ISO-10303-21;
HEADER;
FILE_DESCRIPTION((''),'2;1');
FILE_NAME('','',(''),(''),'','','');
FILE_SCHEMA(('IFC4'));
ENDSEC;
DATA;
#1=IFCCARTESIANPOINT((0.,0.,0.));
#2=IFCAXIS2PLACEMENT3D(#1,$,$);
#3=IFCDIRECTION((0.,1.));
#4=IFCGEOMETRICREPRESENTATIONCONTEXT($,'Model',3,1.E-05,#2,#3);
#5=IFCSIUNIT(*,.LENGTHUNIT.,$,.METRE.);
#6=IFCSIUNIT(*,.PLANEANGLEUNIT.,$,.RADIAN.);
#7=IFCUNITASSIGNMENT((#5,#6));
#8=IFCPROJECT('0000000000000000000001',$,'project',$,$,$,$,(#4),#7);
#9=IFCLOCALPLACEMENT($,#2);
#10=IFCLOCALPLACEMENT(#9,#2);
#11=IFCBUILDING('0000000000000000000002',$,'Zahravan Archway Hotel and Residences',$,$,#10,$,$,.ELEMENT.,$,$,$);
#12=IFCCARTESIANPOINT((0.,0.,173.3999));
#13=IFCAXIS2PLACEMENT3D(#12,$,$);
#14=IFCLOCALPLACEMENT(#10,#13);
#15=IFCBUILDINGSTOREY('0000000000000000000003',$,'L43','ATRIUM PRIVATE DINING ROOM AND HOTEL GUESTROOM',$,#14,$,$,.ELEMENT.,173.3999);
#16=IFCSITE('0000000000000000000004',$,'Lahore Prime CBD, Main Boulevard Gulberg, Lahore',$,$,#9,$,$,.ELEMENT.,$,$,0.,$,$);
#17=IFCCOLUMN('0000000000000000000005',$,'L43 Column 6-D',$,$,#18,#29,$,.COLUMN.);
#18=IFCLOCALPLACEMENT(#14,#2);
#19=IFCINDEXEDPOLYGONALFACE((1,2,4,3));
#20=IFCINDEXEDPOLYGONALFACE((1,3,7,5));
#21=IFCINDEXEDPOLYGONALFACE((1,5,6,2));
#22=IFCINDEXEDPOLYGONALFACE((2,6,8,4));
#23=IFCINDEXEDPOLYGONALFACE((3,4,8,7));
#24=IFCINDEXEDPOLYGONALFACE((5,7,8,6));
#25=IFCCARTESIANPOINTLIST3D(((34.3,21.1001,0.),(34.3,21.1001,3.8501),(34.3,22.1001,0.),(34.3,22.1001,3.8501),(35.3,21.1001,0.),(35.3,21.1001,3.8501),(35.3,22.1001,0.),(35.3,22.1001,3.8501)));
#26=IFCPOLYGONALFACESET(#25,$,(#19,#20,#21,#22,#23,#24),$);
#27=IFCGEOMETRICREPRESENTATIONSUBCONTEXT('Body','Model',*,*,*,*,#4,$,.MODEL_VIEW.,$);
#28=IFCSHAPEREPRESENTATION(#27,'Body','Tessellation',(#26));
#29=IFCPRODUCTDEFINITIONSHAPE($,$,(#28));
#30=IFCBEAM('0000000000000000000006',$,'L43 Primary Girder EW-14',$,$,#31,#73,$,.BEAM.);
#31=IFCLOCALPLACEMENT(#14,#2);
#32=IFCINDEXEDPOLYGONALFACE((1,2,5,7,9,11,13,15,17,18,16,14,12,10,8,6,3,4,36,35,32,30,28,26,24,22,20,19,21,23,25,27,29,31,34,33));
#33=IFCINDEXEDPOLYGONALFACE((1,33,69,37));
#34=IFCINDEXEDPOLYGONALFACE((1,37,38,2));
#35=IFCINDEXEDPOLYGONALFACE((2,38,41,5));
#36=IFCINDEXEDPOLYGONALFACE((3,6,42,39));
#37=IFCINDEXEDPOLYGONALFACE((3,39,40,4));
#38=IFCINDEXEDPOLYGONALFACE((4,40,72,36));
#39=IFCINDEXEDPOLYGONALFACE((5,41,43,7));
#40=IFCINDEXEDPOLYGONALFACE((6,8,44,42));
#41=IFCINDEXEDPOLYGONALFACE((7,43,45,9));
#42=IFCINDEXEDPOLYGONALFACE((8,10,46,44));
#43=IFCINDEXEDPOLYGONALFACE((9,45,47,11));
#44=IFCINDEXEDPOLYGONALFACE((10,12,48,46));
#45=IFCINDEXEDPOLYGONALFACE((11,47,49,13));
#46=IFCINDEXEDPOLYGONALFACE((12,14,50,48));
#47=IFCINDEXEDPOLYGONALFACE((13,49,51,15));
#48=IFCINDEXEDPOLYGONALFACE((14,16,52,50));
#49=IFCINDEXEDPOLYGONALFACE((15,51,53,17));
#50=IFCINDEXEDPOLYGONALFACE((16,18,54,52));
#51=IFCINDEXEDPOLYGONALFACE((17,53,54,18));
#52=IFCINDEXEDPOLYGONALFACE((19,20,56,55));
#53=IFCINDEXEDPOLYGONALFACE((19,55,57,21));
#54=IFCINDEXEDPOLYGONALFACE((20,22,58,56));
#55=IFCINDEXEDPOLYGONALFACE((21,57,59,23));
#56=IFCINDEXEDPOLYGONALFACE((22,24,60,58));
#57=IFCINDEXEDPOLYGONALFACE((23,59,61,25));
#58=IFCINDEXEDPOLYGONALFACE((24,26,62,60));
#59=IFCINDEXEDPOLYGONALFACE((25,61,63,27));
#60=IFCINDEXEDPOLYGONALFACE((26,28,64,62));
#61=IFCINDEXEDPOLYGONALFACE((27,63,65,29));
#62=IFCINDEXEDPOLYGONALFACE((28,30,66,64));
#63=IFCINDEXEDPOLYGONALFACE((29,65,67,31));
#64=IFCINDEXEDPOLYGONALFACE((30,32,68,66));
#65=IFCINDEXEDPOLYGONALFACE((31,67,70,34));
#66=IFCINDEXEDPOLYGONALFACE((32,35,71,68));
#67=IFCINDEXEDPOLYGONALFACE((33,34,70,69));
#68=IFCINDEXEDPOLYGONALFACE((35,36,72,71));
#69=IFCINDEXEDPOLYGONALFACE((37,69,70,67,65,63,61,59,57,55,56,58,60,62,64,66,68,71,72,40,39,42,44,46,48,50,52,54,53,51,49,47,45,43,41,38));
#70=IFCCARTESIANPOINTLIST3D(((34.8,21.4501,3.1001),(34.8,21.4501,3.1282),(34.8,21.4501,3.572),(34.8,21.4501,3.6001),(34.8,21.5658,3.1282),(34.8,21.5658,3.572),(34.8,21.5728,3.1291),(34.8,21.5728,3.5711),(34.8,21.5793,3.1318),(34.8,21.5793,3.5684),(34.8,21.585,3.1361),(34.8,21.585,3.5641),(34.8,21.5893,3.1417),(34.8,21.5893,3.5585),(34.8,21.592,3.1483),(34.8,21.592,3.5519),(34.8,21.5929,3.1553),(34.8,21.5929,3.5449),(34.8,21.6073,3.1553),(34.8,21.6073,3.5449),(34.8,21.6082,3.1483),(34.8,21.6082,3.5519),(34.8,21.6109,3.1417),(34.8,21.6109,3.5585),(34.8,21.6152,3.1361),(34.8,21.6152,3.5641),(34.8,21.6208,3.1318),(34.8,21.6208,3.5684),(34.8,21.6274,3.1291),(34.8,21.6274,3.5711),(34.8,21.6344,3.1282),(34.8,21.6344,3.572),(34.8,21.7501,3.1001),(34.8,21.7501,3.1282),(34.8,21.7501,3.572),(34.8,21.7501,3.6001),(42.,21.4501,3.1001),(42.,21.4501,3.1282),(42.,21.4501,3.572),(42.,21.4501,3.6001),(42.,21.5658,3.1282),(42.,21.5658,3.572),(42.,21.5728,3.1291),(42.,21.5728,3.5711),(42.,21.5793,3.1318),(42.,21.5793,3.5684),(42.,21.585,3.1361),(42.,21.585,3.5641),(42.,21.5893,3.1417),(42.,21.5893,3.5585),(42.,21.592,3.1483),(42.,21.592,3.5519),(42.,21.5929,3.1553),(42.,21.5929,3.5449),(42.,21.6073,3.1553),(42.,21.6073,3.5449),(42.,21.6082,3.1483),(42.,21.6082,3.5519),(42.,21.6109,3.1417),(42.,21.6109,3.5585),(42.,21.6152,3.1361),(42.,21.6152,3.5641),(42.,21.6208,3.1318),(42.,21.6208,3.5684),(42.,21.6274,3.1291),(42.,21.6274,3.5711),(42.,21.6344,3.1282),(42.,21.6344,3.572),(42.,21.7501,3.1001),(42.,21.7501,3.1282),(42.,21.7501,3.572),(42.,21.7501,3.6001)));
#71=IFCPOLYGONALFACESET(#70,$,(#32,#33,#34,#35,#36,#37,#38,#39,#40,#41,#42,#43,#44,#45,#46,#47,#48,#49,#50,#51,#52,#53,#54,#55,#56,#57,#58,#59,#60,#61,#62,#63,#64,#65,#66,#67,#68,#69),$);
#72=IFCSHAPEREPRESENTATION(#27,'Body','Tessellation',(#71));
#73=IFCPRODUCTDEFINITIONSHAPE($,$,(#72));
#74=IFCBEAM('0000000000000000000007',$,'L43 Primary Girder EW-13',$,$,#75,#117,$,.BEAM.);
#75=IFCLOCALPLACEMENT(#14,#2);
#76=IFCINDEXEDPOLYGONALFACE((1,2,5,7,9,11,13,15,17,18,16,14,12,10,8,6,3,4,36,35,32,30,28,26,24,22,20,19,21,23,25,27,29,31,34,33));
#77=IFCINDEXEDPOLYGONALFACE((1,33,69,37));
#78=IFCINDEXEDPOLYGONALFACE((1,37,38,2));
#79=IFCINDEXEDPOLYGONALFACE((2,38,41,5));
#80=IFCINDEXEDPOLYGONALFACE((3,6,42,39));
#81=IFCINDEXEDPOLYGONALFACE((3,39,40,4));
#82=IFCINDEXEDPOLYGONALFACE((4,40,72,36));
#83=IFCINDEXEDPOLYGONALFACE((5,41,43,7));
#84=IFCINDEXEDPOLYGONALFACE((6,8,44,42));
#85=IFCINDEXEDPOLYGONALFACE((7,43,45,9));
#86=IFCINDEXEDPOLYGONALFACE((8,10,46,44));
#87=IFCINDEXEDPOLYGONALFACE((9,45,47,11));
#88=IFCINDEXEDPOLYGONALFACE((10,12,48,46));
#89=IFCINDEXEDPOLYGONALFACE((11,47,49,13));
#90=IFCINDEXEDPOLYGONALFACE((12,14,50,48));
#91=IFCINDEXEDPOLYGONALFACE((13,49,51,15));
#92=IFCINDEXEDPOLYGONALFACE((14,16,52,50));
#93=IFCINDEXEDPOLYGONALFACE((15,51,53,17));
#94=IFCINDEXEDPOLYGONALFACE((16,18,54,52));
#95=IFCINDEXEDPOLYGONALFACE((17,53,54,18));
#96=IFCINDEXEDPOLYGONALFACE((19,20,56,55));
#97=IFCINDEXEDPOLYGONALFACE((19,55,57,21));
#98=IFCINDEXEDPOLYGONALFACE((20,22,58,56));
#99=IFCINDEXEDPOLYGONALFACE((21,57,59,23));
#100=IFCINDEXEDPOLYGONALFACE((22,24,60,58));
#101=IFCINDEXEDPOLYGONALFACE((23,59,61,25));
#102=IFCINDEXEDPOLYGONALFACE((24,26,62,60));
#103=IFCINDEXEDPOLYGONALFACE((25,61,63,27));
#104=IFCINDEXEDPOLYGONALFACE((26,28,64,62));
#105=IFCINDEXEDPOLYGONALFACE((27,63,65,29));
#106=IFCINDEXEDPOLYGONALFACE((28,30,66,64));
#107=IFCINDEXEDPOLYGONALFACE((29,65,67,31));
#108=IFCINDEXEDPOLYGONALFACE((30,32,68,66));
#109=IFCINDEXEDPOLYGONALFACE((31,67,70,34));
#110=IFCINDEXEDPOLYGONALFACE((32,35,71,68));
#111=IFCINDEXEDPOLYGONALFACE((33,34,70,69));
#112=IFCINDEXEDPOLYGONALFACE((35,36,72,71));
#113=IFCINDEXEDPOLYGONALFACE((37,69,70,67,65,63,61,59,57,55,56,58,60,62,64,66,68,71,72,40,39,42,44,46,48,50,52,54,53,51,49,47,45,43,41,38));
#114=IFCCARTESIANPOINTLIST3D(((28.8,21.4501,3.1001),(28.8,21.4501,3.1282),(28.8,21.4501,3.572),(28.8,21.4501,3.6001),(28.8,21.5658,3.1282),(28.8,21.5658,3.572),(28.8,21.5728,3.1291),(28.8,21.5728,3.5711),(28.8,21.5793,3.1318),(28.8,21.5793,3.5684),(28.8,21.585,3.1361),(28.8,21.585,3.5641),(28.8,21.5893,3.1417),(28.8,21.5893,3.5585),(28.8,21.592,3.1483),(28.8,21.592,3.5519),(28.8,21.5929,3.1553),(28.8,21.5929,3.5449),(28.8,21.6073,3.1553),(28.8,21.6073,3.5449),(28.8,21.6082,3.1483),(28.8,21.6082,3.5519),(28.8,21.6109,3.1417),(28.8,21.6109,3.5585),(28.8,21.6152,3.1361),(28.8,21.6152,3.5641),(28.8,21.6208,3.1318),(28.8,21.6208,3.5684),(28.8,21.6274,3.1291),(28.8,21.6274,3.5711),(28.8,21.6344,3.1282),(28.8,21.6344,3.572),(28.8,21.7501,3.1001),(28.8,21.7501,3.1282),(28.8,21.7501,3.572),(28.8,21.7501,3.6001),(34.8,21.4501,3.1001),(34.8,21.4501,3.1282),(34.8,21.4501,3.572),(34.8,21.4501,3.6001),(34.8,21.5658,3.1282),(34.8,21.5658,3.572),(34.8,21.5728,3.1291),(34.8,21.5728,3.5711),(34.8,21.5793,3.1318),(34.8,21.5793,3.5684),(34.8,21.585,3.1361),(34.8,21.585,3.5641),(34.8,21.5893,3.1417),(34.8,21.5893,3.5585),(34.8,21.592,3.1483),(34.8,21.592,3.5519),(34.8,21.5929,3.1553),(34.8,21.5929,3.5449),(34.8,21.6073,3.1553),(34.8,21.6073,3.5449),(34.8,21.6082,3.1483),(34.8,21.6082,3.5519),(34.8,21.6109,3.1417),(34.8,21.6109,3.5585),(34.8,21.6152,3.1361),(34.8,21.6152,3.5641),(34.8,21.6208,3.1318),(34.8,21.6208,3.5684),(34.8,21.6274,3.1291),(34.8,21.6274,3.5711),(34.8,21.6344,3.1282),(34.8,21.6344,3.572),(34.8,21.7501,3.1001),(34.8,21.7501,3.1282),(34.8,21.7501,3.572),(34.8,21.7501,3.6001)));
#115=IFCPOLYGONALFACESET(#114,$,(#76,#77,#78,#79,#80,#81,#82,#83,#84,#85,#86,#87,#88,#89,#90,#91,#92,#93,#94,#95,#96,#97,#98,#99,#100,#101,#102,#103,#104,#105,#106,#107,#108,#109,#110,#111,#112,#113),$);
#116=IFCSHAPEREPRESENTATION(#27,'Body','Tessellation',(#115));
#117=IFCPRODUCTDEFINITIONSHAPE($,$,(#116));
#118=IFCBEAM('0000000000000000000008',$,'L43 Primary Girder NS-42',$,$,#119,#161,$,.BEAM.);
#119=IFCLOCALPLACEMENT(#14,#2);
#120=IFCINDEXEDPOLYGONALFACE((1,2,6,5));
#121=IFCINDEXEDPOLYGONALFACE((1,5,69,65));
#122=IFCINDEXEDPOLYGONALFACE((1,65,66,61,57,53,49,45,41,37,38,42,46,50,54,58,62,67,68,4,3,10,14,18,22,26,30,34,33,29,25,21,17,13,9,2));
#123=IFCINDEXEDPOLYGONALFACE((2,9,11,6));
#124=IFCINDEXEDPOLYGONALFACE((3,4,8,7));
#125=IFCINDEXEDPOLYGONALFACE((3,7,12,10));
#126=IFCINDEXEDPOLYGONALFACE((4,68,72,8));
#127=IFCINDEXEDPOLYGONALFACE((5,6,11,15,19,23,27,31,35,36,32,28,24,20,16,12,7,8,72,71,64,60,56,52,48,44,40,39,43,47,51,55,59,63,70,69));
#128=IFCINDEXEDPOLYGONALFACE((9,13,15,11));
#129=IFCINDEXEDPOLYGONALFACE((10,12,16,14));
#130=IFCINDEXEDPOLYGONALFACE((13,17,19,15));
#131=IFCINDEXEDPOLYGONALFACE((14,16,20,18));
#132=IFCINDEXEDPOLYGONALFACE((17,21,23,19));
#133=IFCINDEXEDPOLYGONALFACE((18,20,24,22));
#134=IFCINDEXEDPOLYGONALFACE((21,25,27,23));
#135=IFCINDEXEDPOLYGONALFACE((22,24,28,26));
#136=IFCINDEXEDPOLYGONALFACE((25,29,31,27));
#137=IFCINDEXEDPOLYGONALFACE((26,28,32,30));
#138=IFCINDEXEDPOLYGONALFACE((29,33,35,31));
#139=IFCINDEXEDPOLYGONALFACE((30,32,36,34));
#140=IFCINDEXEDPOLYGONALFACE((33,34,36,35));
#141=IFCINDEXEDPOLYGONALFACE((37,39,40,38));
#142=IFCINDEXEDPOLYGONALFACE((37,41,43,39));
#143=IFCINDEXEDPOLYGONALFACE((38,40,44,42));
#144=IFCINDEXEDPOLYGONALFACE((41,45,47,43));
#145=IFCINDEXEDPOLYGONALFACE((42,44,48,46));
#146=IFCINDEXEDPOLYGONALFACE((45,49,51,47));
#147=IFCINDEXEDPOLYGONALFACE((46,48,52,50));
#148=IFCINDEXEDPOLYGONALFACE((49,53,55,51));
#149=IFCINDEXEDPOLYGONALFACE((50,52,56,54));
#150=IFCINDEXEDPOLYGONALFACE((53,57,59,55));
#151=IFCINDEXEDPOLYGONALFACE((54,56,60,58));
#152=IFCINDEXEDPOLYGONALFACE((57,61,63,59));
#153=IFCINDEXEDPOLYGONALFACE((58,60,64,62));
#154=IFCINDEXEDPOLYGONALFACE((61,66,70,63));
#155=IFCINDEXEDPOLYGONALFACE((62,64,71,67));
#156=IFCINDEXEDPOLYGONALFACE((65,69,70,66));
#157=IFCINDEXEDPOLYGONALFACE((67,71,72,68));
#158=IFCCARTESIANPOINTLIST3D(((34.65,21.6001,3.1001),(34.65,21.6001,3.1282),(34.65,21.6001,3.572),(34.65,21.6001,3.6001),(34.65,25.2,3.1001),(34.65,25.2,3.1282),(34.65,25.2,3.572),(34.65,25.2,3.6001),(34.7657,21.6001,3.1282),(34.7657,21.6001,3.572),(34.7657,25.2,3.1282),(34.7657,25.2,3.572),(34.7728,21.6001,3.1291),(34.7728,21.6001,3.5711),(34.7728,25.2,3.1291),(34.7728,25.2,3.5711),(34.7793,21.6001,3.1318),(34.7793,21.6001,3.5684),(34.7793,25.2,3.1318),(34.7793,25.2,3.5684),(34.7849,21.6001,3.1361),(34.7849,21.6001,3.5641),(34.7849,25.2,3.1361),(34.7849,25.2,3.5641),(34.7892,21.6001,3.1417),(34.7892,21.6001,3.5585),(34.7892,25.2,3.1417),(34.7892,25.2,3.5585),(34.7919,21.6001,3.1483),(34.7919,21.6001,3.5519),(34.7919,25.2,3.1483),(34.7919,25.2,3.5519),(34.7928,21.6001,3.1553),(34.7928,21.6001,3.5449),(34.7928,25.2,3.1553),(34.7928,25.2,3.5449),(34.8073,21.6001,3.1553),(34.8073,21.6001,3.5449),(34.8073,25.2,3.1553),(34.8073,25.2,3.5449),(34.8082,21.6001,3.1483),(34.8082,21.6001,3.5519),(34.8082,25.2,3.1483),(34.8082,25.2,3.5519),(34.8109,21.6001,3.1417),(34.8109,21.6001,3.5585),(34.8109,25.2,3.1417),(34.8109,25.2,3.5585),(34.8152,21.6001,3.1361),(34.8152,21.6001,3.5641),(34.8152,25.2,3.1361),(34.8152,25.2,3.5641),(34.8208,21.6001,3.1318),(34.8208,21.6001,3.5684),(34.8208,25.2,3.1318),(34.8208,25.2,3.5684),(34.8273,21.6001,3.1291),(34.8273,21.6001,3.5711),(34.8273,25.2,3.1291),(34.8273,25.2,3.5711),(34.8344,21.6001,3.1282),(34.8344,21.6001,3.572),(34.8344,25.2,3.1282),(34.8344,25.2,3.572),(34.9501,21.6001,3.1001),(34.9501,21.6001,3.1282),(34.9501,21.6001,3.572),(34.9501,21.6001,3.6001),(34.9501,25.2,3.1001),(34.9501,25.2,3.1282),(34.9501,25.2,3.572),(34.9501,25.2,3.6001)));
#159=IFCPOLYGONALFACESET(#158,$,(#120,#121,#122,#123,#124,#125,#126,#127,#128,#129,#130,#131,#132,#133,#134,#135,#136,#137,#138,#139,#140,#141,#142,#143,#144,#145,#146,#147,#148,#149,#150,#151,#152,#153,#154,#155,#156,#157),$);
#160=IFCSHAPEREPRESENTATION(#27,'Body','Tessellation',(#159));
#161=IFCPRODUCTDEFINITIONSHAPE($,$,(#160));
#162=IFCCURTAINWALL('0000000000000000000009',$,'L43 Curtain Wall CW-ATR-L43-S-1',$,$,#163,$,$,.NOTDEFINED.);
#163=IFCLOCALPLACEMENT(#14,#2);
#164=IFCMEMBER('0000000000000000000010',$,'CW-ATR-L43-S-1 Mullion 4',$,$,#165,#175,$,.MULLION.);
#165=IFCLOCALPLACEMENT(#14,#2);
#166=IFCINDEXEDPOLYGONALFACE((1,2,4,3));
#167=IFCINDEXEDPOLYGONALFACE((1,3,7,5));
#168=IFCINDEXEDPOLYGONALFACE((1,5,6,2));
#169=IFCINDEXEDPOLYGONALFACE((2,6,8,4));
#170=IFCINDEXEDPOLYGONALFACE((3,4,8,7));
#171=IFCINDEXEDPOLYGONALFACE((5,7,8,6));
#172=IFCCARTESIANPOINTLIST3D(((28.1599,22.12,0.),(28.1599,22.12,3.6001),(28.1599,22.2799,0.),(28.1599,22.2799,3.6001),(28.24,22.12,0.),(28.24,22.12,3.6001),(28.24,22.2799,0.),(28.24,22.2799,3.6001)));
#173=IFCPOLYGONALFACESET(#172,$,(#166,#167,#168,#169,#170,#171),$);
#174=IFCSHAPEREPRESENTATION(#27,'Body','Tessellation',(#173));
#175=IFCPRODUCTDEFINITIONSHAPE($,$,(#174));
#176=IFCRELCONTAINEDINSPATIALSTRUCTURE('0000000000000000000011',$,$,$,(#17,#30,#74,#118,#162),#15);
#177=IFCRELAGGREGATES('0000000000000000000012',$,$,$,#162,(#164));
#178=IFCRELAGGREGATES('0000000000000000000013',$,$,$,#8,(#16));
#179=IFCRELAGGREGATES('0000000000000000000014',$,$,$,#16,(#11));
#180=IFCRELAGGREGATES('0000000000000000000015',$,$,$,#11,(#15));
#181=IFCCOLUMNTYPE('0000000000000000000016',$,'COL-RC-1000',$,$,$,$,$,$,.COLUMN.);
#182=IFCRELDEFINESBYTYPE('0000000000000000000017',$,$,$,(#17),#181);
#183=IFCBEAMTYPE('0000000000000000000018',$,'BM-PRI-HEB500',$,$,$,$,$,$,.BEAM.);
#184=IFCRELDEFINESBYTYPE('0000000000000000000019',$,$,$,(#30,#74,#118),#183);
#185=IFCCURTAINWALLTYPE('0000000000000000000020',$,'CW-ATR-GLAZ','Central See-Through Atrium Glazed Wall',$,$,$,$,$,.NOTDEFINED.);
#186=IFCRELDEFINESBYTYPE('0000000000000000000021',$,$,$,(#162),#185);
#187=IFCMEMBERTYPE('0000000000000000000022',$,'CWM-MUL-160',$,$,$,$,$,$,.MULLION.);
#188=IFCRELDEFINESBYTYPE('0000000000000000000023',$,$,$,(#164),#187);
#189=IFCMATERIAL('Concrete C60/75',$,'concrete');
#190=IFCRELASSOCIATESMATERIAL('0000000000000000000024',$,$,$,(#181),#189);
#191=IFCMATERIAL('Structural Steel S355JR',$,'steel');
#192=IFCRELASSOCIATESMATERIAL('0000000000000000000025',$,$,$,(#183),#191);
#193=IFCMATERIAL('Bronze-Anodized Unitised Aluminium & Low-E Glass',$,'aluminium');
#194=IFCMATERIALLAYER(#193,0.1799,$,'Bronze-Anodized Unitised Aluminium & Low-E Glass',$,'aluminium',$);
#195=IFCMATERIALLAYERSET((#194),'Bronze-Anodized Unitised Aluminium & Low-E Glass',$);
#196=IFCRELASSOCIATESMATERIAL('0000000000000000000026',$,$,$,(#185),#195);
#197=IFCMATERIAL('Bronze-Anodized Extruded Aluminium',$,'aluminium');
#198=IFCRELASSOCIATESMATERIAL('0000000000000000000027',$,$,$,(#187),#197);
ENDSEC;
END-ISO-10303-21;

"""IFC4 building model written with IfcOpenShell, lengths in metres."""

from ifc_helpers import new_model, si_unit, direction, frame, origin, origin_2d, place, context, subcontext, project, spatial, rectangle, i_section, extrude, source, transform, mapped, material, layer, layer_set, material_profile, profile_set, type_object, element, aggregate, save


model = new_model("IFC4")

# Units and contexts
model_context = context("Model", 3, precision=1e-05, world=origin(), true_north=direction((0.0, 1.0)))
body_context = subcontext(model_context, "Body", "Model", "MODEL_VIEW")
ifc_project = project(units=[si_unit("LENGTHUNIT", "METRE"), si_unit("PLANEANGLEUNIT", "RADIAN")], contexts=[model_context])

# Site, building, storey
site_placement = place(None, origin())
site = spatial("IfcSite", under=ifc_project, at=site_placement, Name="Lahore Prime CBD, Main Boulevard Gulberg, Lahore", CompositionType="ELEMENT", RefElevation=0.0)
building_placement = place(site_placement, origin())
building = spatial("IfcBuilding", under=site, at=building_placement, Name="Zahravan Archway Hotel and Residences", CompositionType="ELEMENT")
storey_placement = place(building_placement, frame((0.0, 0.0, 173.3999)))
storey = spatial("IfcBuildingStorey", under=building, at=storey_placement, Name="L43", Description="ATRIUM PRIVATE DINING ROOM AND HOTEL GUESTROOM", CompositionType="ELEMENT", Elevation=173.3999)

# Column
ifc_material_1 = material(Name="Concrete C60/75", Category="concrete")
ifc_material_profile_1 = material_profile(ifc_material_1, rectangle(XDim=1.0, YDim=1.0, at=origin_2d()), Name="RC-COL-1000x1000", Category="concrete")
ifc_profile_set_1 = profile_set([ifc_material_profile_1], Name="Concrete C60/75")
column_type = type_object("IfcColumnType", Name="COL-RC-1000", PredefinedType="COLUMN", material=ifc_profile_set_1)
shared_shape_1 = source(origin(), body_context, "Body", "SweptSolid", [
    extrude(rectangle(XDim=1.0, YDim=1.0, at=origin_2d()), origin(), (0.0, 0.0, 1.0), 3.8501),
])
column_placement = place(storey_placement, frame((34.8, 21.6001, 0.0), z_axis=(0.0, 0.0, 1.0), x_axis=(1.0, 0.0, 0.0)))
element("IfcColumn", 1, at=column_placement, inside=storey, type_object=column_type, Name="L43 Column 6-D", PredefinedType="COLUMN", context=body_context, shape_type="MappedRepresentation", body=[
    mapped(shared_shape_1, transform((0.0, 0.0, 0.0), scale=1.0)),
])

# Beams
ifc_material_2 = material(Name="Structural Steel S355JR", Category="steel")
ifc_material_profile_2 = material_profile(ifc_material_2, i_section(OverallWidth=0.3, OverallDepth=0.5, WebThickness=0.0144, FlangeThickness=0.0281, FilletRadius=0.0271, at=origin_2d()), Name="HEB 500", Category="steel")
ifc_profile_set_2 = profile_set([ifc_material_profile_2], Name="Structural Steel S355JR")
beam_type = type_object("IfcBeamType", Name="BM-PRI-HEB500", PredefinedType="BEAM", material=ifc_profile_set_2)
shared_shape_2 = source(origin(), body_context, "Body", "SweptSolid", [
    extrude(i_section(OverallWidth=0.3, OverallDepth=0.5, WebThickness=0.0144, FlangeThickness=0.0281, FilletRadius=0.0271, at=origin_2d()), origin(), (0.0, 0.0, 1.0), 7.2),
])
beam_1_placement = place(storey_placement, frame((34.8, 21.6001, 3.3501), z_axis=(1.0, 0.0, 0.0), x_axis=(0.0, 1.0, 0.0)))
element("IfcBeam", 2, at=beam_1_placement, inside=storey, type_object=beam_type, Name="L43 Primary Girder EW-14", PredefinedType="BEAM", context=body_context, shape_type="MappedRepresentation", body=[
    mapped(shared_shape_2, transform((0.0, 0.0, 0.0), scale=1.0)),
])
shared_shape_3 = source(origin(), body_context, "Body", "SweptSolid", [
    extrude(i_section(OverallWidth=0.3, OverallDepth=0.5, WebThickness=0.0144, FlangeThickness=0.0281, FilletRadius=0.0271, at=origin_2d()), origin(), (0.0, 0.0, 1.0), 6.0),
])
beam_2_placement = place(storey_placement, frame((28.8, 21.6001, 3.3501), z_axis=(1.0, 0.0, 0.0), x_axis=(0.0, 1.0, 0.0)))
element("IfcBeam", 3, at=beam_2_placement, inside=storey, type_object=beam_type, Name="L43 Primary Girder EW-13", PredefinedType="BEAM", context=body_context, shape_type="MappedRepresentation", body=[
    mapped(shared_shape_3, transform((0.0, 0.0, 0.0), scale=1.0)),
])
shared_shape_4 = source(origin(), body_context, "Body", "SweptSolid", [
    extrude(i_section(OverallWidth=0.3, OverallDepth=0.5, WebThickness=0.0144, FlangeThickness=0.0281, FilletRadius=0.0271, at=origin_2d()), origin(), (0.0, 0.0, 1.0), 3.5999),
])
beam_3_placement = place(storey_placement, frame((34.8, 21.6001, 3.3501), z_axis=(0.0, 1.0, 0.0), x_axis=(-1.0, 0.0, 0.0)))
element("IfcBeam", 4, at=beam_3_placement, inside=storey, type_object=beam_type, Name="L43 Primary Girder NS-42", PredefinedType="BEAM", context=body_context, shape_type="MappedRepresentation", body=[
    mapped(shared_shape_4, transform((0.0, 0.0, 0.0), scale=1.0)),
])

# Curtain wall, member
ifc_material_3 = material(Name="Bronze-Anodized Unitised Aluminium & Low-E Glass", Category="aluminium")
ifc_layer_1 = layer(ifc_material_3, 0.1799, Name="Bronze-Anodized Unitised Aluminium & Low-E Glass", Category="aluminium")
ifc_layer_set_1 = layer_set([ifc_layer_1], Name="Bronze-Anodized Unitised Aluminium & Low-E Glass")
curtain_wall_type = type_object("IfcCurtainWallType", Name="CW-ATR-GLAZ", Description="Central See-Through Atrium Glazed Wall", PredefinedType="NOTDEFINED", material=ifc_layer_set_1)
curtain_wall_placement = place(storey_placement, origin())
curtain_wall = element("IfcCurtainWall", 5, at=curtain_wall_placement, inside=storey, type_object=curtain_wall_type, Name="L43 Curtain Wall CW-ATR-L43-S-1", PredefinedType="NOTDEFINED")
ifc_material_4 = material(Name="Bronze-Anodized Extruded Aluminium", Category="aluminium")
ifc_material_profile_3 = material_profile(ifc_material_4, rectangle(XDim=0.0801, YDim=0.1599, at=origin_2d()), Name="MUL 80x160", Category="aluminium")
ifc_profile_set_3 = profile_set([ifc_material_profile_3], Name="Bronze-Anodized Extruded Aluminium")
member_type = type_object("IfcMemberType", Name="CWM-MUL-160", PredefinedType="MULLION", material=ifc_profile_set_3)
shared_shape_5 = source(origin(), body_context, "Body", "SweptSolid", [
    extrude(rectangle(XDim=0.0801, YDim=0.1599, at=origin_2d()), origin(), (0.0, 0.0, 1.0), 3.6001),
])
member_placement = place(storey_placement, frame((28.2, 22.2, 0.0), z_axis=(0.0, 0.0, 1.0), x_axis=(1.0, 0.0, 0.0)))
member = element("IfcMember", 6, at=member_placement, type_object=member_type, Name="CW-ATR-L43-S-1 Mullion 4", PredefinedType="MULLION", context=body_context, shape_type="MappedRepresentation", body=[
    mapped(shared_shape_5, transform((0.0, 0.0, 0.0), scale=1.0)),
])
aggregate(curtain_wall, [member])

save(model, "model.ifc")
